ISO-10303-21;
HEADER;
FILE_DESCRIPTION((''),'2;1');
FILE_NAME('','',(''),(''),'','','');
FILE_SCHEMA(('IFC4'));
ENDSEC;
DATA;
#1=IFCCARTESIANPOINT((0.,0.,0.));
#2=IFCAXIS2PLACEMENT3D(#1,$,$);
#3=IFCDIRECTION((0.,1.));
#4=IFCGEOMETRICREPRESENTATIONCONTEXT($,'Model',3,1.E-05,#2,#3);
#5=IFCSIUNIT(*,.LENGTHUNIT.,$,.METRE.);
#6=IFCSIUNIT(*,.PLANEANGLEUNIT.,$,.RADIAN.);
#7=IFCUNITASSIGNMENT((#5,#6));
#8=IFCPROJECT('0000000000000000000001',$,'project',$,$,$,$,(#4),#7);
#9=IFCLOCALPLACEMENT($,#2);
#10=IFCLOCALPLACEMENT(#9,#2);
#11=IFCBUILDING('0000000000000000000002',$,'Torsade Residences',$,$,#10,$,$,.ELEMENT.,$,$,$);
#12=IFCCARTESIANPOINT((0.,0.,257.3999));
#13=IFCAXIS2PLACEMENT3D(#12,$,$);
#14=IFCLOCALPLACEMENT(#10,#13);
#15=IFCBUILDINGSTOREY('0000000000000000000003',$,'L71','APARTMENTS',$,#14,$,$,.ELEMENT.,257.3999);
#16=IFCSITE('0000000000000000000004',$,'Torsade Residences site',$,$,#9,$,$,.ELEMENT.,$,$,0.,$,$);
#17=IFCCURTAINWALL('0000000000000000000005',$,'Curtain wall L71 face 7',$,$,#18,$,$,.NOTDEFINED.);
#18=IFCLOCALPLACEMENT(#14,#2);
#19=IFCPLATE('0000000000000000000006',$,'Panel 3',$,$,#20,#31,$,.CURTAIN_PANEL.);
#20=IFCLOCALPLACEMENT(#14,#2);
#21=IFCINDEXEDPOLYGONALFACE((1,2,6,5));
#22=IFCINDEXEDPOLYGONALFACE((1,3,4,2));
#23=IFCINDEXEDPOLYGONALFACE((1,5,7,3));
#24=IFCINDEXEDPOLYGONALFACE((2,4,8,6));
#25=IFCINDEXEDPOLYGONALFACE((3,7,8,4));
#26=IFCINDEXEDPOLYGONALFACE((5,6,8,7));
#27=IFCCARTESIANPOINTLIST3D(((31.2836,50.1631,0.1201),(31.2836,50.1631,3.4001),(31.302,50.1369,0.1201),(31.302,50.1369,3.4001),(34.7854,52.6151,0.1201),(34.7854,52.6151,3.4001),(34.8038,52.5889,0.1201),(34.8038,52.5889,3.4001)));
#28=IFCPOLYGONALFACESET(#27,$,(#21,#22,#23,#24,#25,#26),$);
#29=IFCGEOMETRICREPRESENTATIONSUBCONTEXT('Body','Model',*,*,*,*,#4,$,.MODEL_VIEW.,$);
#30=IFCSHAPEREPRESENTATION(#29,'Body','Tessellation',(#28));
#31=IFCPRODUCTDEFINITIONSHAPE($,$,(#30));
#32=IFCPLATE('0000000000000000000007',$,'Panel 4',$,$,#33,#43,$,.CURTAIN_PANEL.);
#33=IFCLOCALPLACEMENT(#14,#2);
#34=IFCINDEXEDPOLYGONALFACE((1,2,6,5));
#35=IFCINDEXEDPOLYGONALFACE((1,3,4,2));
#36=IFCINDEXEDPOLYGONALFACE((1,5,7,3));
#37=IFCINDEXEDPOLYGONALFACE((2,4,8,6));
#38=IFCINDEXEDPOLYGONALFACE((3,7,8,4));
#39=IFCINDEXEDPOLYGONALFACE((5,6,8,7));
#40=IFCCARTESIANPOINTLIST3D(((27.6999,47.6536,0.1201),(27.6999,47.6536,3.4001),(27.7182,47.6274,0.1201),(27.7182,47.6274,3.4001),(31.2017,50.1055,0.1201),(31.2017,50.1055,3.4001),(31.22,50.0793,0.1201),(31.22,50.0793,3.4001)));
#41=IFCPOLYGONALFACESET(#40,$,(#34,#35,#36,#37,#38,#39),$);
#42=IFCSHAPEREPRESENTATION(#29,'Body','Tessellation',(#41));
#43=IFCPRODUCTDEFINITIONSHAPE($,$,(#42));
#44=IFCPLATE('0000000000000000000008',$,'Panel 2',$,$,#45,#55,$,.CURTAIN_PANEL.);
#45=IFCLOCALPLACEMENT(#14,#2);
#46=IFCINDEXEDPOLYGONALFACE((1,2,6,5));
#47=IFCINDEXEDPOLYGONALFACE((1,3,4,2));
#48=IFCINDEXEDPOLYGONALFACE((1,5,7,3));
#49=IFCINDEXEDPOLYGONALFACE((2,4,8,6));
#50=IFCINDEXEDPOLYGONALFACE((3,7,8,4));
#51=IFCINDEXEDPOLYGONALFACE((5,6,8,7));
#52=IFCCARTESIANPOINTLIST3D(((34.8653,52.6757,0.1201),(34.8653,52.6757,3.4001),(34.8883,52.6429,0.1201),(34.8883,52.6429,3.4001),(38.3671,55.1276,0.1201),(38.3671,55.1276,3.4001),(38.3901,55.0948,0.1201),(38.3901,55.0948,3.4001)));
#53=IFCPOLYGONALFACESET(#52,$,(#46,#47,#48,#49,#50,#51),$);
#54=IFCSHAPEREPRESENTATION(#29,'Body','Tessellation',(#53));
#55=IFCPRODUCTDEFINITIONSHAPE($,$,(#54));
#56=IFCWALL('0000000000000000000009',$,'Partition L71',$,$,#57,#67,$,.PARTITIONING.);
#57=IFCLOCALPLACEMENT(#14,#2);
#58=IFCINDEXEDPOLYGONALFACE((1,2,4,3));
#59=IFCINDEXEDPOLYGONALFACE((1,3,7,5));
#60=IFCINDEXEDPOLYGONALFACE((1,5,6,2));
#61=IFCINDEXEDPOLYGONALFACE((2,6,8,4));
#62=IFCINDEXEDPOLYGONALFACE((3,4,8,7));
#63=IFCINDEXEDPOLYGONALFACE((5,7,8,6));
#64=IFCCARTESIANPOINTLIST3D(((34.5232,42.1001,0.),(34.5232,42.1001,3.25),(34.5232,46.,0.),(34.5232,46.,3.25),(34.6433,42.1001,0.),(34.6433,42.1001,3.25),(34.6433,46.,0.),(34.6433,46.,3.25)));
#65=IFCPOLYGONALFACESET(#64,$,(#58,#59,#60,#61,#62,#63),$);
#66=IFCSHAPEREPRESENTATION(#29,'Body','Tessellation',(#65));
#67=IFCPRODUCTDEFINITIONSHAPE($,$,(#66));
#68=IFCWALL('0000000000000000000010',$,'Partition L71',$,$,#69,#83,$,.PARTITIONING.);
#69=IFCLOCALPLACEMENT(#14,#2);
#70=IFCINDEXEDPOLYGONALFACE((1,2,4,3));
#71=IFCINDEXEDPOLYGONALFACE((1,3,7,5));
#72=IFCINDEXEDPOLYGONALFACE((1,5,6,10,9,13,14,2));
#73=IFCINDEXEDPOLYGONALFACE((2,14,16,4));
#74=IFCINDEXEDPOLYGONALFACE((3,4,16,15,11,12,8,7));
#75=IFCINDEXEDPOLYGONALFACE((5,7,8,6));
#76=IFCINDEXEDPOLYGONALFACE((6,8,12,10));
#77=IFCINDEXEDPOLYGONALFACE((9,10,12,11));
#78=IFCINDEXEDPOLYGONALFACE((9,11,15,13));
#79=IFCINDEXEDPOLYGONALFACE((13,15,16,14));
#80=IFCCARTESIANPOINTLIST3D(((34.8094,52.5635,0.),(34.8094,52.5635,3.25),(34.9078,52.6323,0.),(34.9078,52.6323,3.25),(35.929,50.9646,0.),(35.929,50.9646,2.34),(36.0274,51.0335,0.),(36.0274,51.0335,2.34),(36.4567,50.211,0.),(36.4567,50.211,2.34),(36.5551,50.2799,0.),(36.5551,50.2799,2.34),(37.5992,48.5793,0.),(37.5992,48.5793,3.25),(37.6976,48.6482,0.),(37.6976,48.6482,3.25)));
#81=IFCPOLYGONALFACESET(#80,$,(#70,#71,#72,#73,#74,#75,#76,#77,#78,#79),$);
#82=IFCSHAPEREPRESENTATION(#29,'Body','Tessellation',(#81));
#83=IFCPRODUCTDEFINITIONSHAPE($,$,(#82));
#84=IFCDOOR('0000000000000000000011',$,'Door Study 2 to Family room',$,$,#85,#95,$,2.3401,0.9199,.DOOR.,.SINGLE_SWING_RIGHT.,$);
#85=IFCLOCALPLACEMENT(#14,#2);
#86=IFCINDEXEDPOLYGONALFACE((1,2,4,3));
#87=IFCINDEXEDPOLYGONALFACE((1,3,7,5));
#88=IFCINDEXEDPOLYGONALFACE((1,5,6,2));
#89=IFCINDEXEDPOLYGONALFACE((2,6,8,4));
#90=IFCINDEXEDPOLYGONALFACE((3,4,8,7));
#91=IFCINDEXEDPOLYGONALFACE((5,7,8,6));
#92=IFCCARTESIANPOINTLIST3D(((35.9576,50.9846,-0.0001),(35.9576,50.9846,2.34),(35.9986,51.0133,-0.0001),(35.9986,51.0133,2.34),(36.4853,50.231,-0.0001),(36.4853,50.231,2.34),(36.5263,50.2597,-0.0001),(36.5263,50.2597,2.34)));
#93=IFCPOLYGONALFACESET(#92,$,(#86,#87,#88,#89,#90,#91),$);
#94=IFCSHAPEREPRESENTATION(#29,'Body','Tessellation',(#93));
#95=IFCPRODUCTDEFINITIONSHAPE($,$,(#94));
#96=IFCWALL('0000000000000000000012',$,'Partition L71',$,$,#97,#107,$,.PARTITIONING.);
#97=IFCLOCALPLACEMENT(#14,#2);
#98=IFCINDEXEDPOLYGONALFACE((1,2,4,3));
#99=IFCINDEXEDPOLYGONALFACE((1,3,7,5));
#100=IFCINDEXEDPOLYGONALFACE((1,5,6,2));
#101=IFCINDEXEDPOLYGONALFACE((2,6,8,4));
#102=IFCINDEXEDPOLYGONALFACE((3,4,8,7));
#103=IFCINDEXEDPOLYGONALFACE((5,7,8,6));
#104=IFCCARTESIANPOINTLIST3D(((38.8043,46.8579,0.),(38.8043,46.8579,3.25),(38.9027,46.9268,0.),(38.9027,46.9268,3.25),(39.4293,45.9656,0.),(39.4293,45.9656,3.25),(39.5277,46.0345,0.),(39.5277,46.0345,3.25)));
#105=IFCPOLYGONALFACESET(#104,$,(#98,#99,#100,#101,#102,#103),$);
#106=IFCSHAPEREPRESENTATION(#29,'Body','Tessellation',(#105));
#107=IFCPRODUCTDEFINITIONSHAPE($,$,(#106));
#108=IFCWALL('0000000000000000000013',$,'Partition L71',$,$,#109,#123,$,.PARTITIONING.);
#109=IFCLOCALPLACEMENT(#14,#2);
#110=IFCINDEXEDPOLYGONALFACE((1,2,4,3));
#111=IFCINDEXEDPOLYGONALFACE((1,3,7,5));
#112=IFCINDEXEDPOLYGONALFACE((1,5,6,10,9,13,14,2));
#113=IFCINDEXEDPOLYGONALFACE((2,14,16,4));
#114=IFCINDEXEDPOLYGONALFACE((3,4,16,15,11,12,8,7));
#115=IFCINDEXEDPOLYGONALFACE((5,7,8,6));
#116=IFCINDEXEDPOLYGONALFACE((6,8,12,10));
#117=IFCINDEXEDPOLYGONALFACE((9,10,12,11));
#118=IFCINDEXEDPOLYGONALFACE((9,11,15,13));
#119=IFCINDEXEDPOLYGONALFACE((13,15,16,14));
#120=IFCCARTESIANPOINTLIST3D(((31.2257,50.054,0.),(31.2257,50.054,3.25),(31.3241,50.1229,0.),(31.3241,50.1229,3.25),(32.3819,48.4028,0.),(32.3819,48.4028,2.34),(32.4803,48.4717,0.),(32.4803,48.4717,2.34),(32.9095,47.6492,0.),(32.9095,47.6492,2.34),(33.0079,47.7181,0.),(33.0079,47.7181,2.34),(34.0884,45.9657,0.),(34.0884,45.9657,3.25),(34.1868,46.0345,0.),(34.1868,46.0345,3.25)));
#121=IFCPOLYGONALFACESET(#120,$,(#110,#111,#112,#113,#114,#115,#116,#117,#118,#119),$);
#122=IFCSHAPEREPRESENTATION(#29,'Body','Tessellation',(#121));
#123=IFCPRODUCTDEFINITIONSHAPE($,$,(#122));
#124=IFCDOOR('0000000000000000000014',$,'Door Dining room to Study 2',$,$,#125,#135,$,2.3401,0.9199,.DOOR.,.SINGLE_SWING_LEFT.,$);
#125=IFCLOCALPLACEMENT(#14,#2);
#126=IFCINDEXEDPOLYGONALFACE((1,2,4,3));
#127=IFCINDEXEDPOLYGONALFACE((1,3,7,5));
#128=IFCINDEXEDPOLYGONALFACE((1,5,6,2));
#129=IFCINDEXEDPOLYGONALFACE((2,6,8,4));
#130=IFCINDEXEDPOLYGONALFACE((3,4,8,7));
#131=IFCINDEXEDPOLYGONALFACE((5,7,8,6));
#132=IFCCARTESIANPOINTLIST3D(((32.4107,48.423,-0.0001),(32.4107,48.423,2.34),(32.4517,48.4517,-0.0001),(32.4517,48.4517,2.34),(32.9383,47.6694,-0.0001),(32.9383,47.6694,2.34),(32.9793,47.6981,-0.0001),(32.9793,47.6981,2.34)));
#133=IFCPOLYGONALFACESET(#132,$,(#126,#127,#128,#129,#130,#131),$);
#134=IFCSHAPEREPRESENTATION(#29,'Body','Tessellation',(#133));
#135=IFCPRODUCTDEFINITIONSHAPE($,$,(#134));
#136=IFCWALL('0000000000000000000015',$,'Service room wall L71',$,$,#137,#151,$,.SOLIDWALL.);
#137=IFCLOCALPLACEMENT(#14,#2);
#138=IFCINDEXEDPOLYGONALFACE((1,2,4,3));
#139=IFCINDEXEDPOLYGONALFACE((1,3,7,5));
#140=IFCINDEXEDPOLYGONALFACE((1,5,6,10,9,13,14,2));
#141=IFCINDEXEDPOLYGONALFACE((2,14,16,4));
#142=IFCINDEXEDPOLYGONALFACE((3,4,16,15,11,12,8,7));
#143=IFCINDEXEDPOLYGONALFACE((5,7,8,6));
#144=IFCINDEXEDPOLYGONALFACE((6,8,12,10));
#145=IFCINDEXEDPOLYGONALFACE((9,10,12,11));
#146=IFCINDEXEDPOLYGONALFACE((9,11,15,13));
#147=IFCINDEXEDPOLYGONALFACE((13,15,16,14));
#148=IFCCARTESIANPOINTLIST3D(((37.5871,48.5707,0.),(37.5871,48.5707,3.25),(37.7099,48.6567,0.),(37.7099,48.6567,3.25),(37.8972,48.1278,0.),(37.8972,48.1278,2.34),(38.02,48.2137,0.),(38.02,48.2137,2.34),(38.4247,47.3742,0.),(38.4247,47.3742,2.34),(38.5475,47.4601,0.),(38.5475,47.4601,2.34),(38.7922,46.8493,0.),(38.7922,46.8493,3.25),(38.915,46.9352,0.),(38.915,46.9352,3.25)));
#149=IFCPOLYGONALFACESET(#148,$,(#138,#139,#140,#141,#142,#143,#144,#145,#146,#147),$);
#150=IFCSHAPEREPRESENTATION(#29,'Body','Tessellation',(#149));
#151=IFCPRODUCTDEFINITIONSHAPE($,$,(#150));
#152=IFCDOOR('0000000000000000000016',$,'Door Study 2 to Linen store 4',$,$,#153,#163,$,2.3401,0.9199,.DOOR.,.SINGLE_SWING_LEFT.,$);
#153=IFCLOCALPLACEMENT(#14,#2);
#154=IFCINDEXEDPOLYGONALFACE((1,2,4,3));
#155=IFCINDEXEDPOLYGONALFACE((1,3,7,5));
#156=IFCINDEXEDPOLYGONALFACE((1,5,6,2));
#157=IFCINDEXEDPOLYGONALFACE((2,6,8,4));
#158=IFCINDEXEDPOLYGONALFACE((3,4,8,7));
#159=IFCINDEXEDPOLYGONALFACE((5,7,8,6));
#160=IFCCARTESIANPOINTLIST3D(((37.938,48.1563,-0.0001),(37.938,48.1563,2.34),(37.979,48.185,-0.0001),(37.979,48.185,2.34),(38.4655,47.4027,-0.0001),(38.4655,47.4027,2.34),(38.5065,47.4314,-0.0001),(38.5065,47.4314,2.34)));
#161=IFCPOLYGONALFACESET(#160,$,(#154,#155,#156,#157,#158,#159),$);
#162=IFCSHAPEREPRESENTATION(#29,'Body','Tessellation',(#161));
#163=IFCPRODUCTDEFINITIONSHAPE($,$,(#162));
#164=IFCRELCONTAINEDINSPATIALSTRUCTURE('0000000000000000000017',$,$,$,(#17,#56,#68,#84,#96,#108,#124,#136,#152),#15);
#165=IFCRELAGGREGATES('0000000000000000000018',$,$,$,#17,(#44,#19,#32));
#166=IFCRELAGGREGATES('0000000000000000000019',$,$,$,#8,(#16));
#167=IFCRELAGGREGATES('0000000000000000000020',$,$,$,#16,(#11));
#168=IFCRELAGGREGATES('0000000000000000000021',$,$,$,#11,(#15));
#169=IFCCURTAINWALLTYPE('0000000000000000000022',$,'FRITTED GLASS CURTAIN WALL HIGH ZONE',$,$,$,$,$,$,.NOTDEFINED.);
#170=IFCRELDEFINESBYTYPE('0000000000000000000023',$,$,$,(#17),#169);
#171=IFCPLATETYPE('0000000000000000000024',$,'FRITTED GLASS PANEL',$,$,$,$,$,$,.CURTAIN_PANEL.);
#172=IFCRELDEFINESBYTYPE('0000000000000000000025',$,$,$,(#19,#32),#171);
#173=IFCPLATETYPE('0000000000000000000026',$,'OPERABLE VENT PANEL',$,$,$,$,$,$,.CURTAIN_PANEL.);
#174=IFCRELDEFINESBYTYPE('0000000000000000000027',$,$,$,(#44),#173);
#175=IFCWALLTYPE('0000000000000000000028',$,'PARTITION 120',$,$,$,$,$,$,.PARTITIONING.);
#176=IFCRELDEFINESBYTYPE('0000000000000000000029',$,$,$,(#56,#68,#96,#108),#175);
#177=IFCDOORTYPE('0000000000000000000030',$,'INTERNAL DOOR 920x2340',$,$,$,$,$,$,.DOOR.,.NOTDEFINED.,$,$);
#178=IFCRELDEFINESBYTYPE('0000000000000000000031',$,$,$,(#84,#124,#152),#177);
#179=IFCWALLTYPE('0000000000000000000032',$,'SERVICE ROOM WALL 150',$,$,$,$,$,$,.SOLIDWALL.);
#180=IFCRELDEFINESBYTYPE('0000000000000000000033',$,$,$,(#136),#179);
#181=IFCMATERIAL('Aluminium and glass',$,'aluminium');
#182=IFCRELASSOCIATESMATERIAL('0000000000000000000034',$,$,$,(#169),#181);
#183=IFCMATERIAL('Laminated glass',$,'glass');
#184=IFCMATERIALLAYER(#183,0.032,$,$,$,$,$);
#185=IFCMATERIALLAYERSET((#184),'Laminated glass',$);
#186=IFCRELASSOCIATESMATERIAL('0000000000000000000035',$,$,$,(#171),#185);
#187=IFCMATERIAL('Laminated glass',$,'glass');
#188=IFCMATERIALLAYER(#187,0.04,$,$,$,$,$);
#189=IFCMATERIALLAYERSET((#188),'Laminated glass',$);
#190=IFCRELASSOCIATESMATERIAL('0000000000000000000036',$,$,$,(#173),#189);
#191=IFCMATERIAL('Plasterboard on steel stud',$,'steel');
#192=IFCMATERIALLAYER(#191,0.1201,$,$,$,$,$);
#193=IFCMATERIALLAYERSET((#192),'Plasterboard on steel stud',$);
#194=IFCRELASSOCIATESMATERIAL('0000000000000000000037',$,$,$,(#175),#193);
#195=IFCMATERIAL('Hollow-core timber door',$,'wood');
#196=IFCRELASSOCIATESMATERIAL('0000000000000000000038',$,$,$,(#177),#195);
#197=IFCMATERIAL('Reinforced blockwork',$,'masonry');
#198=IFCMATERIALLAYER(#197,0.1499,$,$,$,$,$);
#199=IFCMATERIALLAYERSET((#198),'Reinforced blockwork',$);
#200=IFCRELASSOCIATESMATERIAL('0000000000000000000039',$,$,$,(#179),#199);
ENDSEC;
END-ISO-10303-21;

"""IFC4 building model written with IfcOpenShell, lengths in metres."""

from ifc_helpers import new_model, si_unit, direction, frame, frame_2d, origin, origin_2d, place, context, subcontext, project, spatial, rectangle, extrude, material, layer, layer_set, type_object, element, fill, aggregate, save


model = new_model("IFC4")

# Units and contexts
model_context = context("Model", 3, precision=1e-05, world=origin(), true_north=direction((0.0, 1.0)))
body_context = subcontext(model_context, "Body", "Model", "MODEL_VIEW")
ifc_project = project(units=[si_unit("LENGTHUNIT", "METRE"), si_unit("PLANEANGLEUNIT", "RADIAN")], contexts=[model_context])

# Site, building, storey
site_placement = place(None, origin())
site = spatial("IfcSite", under=ifc_project, at=site_placement, Name="Torsade Residences site", CompositionType="ELEMENT", RefElevation=0.0)
building_placement = place(site_placement, origin())
building = spatial("IfcBuilding", under=site, at=building_placement, Name="Torsade Residences", CompositionType="ELEMENT")
storey_placement = place(building_placement, frame((0.0, 0.0, 257.3999)))
storey = spatial("IfcBuildingStorey", under=building, at=storey_placement, Name="L71", Description="APARTMENTS", CompositionType="ELEMENT", Elevation=257.3999)

# Curtain wall
ifc_material_1 = material(Name="Aluminium and glass", Category="aluminium")
curtain_wall_type = type_object("IfcCurtainWallType", Name="FRITTED GLASS CURTAIN WALL HIGH ZONE", PredefinedType="NOTDEFINED", material=ifc_material_1)
curtain_wall_placement = place(storey_placement, origin())
curtain_wall = element("IfcCurtainWall", 1, at=curtain_wall_placement, inside=storey, type_object=curtain_wall_type, Name="Curtain wall L71 face 7", PredefinedType="NOTDEFINED")

# Plates
ifc_material_2 = material(Name="Laminated glass", Category="glass")
ifc_layer_1 = layer(ifc_material_2, 0.032)
ifc_layer_set_1 = layer_set([ifc_layer_1], Name="Laminated glass")
plate_type_1 = type_object("IfcPlateType", Name="FRITTED GLASS PANEL", PredefinedType="CURTAIN_PANEL", material=ifc_layer_set_1)
plate_1_placement = place(storey_placement, frame((33.0437, 51.376, 0.1201), z_axis=(0.0, 0.0, 1.0), x_axis=(-0.819152, -0.573576, 0.0)))
plate_1 = element("IfcPlate", 2, at=plate_1_placement, type_object=plate_type_1, Name="Panel 3", PredefinedType="CURTAIN_PANEL", context=body_context, shape_type="SweptSolid", body=[
    extrude(rectangle(XDim=4.2749, YDim=0.032, at=origin_2d()), origin(), (0.0, 0.0, 1.0), 3.28),
])
plate_2_placement = place(storey_placement, frame((29.46, 48.8665, 0.1201), z_axis=(0.0, 0.0, 1.0), x_axis=(-0.819152, -0.573576, 0.0)))
plate_2 = element("IfcPlate", 3, at=plate_2_placement, type_object=plate_type_1, Name="Panel 4", PredefinedType="CURTAIN_PANEL", context=body_context, shape_type="SweptSolid", body=[
    extrude(rectangle(XDim=4.2749, YDim=0.032, at=origin_2d()), origin(), (0.0, 0.0, 1.0), 3.28),
])
ifc_material_3 = material(Name="Laminated glass", Category="glass")
ifc_layer_2 = layer(ifc_material_3, 0.04)
ifc_layer_set_2 = layer_set([ifc_layer_2], Name="Laminated glass")
plate_type_2 = type_object("IfcPlateType", Name="OPERABLE VENT PANEL", PredefinedType="CURTAIN_PANEL", material=ifc_layer_set_2)
plate_3_placement = place(storey_placement, frame((36.6277, 53.8853, 0.1201), z_axis=(0.0, 0.0, 1.0), x_axis=(-0.819152, -0.573576, 0.0)))
plate_3 = element("IfcPlate", 4, at=plate_3_placement, type_object=plate_type_2, Name="Panel 2", PredefinedType="CURTAIN_PANEL", context=body_context, shape_type="SweptSolid", body=[
    extrude(rectangle(XDim=4.2749, YDim=0.04, at=origin_2d()), origin(), (0.0, 0.0, 1.0), 3.28),
])
aggregate(curtain_wall, [plate_3, plate_1, plate_2])

# Wall
ifc_material_4 = material(Name="Plasterboard on steel stud", Category="steel")
ifc_layer_3 = layer(ifc_material_4, 0.1201)
ifc_layer_set_3 = layer_set([ifc_layer_3], Name="Plasterboard on steel stud")
wall_type_1 = type_object("IfcWallType", Name="PARTITION 120", PredefinedType="PARTITIONING", material=ifc_layer_set_3)
wall_1_placement = place(storey_placement, frame((34.5833, 46.0, 0.0), z_axis=(0.0, 0.0, 1.0), x_axis=(0.0, -1.0, 0.0)))
element("IfcWall", 5, at=wall_1_placement, inside=storey, type_object=wall_type_1, Name="Partition L71", PredefinedType="PARTITIONING", context=body_context, shape_type="SweptSolid", body=[
    extrude(rectangle(XDim=3.8999, YDim=0.1201, at=frame_2d((1.95, 0.0))), origin(), (0.0, 0.0, 1.0), 3.25),
])

# Wall, opening, door
wall_2_placement = place(storey_placement, frame((34.8586, 52.5979, 0.0), z_axis=(0.0, 0.0, 1.0), x_axis=(0.573587, -0.819145, 0.0)))
wall_2 = element("IfcWall", 6, at=wall_2_placement, inside=storey, type_object=wall_type_1, Name="Partition L71", PredefinedType="PARTITIONING", context=body_context, shape_type="SweptSolid", body=[
    extrude(rectangle(XDim=4.8638, YDim=0.1201, at=frame_2d((2.4319, 0.0))), origin(), (0.0, 0.0, 1.0), 3.25),
])
opening_1_placement = place(wall_2_placement, frame((1.9519, 0.0, 0.0)))
opening_1 = element("IfcOpeningElement", 7, at=opening_1_placement, cuts=wall_2, PredefinedType="OPENING", context=body_context, shape_type="SweptSolid", body=[
    extrude(rectangle(XDim=0.9199, YDim=2.3401, at=frame_2d((0.46, 1.1699))), frame((0.0, 0.0701, 0.0), z_axis=(0.0, -1.0, 0.0), x_axis=(1.0, 0.0, 0.0)), (0.0, 0.0, 1.0), 0.1401),
])
ifc_material_5 = material(Name="Hollow-core timber door", Category="wood")
door_type = type_object("IfcDoorType", Name="INTERNAL DOOR 920x2340", OperationType="NOTDEFINED", PredefinedType="DOOR", material=ifc_material_5)
door_1_placement = place(opening_1_placement, origin())
door_1 = element("IfcDoor", 8, at=door_1_placement, inside=storey, type_object=door_type, Name="Door Study 2 to Family room", OperationType="SINGLE_SWING_RIGHT", OverallHeight=2.3401, OverallWidth=0.9199, PredefinedType="DOOR", context=body_context, shape_type="SweptSolid", body=[
    extrude(rectangle(XDim=0.9199, YDim=2.3401, at=frame_2d((0.46, 1.1699))), frame((0.0, 0.0249, 0.0), z_axis=(0.0, -1.0, 0.0), x_axis=(1.0, 0.0, 0.0)), (0.0, 0.0, 1.0), 0.05),
])
fill(opening_1, door_1)

# Wall
wall_3_placement = place(storey_placement, frame((38.8535, 46.8923, 0.0), z_axis=(0.0, 0.0, 1.0), x_axis=(0.573688, -0.819074, 0.0)))
element("IfcWall", 9, at=wall_3_placement, inside=storey, type_object=wall_type_1, Name="Partition L71", PredefinedType="PARTITIONING", context=body_context, shape_type="SweptSolid", body=[
    extrude(rectangle(XDim=1.0894, YDim=0.1201, at=frame_2d((0.5447, 0.0))), origin(), (0.0, 0.0, 1.0), 3.25),
])

# Walls, openings, doors
wall_4_placement = place(storey_placement, frame((34.1377, 46.0, 0.0), z_axis=(0.0, 0.0, 1.0), x_axis=(-0.573587, 0.819145, 0.0)))
wall_4 = element("IfcWall", 10, at=wall_4_placement, inside=storey, type_object=wall_type_1, Name="Partition L71", PredefinedType="PARTITIONING", context=body_context, shape_type="SweptSolid", body=[
    extrude(rectangle(XDim=4.991, YDim=0.1201, at=frame_2d((2.4956, 0.0))), origin(), (0.0, 0.0, 1.0), 3.25),
])
opening_2_placement = place(wall_4_placement, frame((2.0554, 0.0, 0.0)))
opening_2 = element("IfcOpeningElement", 11, at=opening_2_placement, cuts=wall_4, PredefinedType="OPENING", context=body_context, shape_type="SweptSolid", body=[
    extrude(rectangle(XDim=0.9199, YDim=2.3401, at=frame_2d((0.46, 1.1699))), frame((0.0, 0.0701, 0.0), z_axis=(0.0, -1.0, 0.0), x_axis=(1.0, 0.0, 0.0)), (0.0, 0.0, 1.0), 0.1401),
])
door_2_placement = place(opening_2_placement, origin())
door_2 = element("IfcDoor", 12, at=door_2_placement, inside=storey, type_object=door_type, Name="Door Dining room to Study 2", OperationType="SINGLE_SWING_LEFT", OverallHeight=2.3401, OverallWidth=0.9199, PredefinedType="DOOR", context=body_context, shape_type="SweptSolid", body=[
    extrude(rectangle(XDim=0.9199, YDim=2.3401, at=frame_2d((0.46, 1.1699))), frame((0.0, 0.0249, 0.0), z_axis=(0.0, -1.0, 0.0), x_axis=(1.0, 0.0, 0.0)), (0.0, 0.0, 1.0), 0.05),
])
fill(opening_2, door_2)
ifc_material_6 = material(Name="Reinforced blockwork", Category="masonry")
ifc_layer_4 = layer(ifc_material_6, 0.1499)
ifc_layer_set_4 = layer_set([ifc_layer_4], Name="Reinforced blockwork")
wall_type_2 = type_object("IfcWallType", Name="SERVICE ROOM WALL 150", PredefinedType="SOLIDWALL", material=ifc_layer_set_4)
wall_5_placement = place(storey_placement, frame((37.6484, 48.6138, 0.0), z_axis=(0.0, 0.0, 1.0), x_axis=(0.573486, -0.819216, 0.0)))
wall_5 = element("IfcWall", 13, at=wall_5_placement, inside=storey, type_object=wall_type_2, Name="Service room wall L71", PredefinedType="SOLIDWALL", context=body_context, shape_type="SweptSolid", body=[
    extrude(rectangle(XDim=2.1013, YDim=0.1499, at=frame_2d((1.0508, 0.0))), origin(), (0.0, 0.0, 1.0), 3.25),
])
opening_3_placement = place(wall_5_placement, frame((0.5408, 0.0, 0.0)))
opening_3 = element("IfcOpeningElement", 14, at=opening_3_placement, cuts=wall_5, PredefinedType="OPENING", context=body_context, shape_type="SweptSolid", body=[
    extrude(rectangle(XDim=0.9199, YDim=2.3401, at=frame_2d((0.46, 1.1699))), frame((0.0, 0.085, 0.0), z_axis=(0.0, -1.0, 0.0), x_axis=(1.0, 0.0, 0.0)), (0.0, 0.0, 1.0), 0.1699),
])
door_3_placement = place(opening_3_placement, origin())
door_3 = element("IfcDoor", 15, at=door_3_placement, inside=storey, type_object=door_type, Name="Door Study 2 to Linen store 4", OperationType="SINGLE_SWING_LEFT", OverallHeight=2.3401, OverallWidth=0.9199, PredefinedType="DOOR", context=body_context, shape_type="SweptSolid", body=[
    extrude(rectangle(XDim=0.9199, YDim=2.3401, at=frame_2d((0.46, 1.1699))), frame((0.0, 0.0249, 0.0), z_axis=(0.0, -1.0, 0.0), x_axis=(1.0, 0.0, 0.0)), (0.0, 0.0, 1.0), 0.05),
])
fill(opening_3, door_3)

save(model, "model.ifc")
